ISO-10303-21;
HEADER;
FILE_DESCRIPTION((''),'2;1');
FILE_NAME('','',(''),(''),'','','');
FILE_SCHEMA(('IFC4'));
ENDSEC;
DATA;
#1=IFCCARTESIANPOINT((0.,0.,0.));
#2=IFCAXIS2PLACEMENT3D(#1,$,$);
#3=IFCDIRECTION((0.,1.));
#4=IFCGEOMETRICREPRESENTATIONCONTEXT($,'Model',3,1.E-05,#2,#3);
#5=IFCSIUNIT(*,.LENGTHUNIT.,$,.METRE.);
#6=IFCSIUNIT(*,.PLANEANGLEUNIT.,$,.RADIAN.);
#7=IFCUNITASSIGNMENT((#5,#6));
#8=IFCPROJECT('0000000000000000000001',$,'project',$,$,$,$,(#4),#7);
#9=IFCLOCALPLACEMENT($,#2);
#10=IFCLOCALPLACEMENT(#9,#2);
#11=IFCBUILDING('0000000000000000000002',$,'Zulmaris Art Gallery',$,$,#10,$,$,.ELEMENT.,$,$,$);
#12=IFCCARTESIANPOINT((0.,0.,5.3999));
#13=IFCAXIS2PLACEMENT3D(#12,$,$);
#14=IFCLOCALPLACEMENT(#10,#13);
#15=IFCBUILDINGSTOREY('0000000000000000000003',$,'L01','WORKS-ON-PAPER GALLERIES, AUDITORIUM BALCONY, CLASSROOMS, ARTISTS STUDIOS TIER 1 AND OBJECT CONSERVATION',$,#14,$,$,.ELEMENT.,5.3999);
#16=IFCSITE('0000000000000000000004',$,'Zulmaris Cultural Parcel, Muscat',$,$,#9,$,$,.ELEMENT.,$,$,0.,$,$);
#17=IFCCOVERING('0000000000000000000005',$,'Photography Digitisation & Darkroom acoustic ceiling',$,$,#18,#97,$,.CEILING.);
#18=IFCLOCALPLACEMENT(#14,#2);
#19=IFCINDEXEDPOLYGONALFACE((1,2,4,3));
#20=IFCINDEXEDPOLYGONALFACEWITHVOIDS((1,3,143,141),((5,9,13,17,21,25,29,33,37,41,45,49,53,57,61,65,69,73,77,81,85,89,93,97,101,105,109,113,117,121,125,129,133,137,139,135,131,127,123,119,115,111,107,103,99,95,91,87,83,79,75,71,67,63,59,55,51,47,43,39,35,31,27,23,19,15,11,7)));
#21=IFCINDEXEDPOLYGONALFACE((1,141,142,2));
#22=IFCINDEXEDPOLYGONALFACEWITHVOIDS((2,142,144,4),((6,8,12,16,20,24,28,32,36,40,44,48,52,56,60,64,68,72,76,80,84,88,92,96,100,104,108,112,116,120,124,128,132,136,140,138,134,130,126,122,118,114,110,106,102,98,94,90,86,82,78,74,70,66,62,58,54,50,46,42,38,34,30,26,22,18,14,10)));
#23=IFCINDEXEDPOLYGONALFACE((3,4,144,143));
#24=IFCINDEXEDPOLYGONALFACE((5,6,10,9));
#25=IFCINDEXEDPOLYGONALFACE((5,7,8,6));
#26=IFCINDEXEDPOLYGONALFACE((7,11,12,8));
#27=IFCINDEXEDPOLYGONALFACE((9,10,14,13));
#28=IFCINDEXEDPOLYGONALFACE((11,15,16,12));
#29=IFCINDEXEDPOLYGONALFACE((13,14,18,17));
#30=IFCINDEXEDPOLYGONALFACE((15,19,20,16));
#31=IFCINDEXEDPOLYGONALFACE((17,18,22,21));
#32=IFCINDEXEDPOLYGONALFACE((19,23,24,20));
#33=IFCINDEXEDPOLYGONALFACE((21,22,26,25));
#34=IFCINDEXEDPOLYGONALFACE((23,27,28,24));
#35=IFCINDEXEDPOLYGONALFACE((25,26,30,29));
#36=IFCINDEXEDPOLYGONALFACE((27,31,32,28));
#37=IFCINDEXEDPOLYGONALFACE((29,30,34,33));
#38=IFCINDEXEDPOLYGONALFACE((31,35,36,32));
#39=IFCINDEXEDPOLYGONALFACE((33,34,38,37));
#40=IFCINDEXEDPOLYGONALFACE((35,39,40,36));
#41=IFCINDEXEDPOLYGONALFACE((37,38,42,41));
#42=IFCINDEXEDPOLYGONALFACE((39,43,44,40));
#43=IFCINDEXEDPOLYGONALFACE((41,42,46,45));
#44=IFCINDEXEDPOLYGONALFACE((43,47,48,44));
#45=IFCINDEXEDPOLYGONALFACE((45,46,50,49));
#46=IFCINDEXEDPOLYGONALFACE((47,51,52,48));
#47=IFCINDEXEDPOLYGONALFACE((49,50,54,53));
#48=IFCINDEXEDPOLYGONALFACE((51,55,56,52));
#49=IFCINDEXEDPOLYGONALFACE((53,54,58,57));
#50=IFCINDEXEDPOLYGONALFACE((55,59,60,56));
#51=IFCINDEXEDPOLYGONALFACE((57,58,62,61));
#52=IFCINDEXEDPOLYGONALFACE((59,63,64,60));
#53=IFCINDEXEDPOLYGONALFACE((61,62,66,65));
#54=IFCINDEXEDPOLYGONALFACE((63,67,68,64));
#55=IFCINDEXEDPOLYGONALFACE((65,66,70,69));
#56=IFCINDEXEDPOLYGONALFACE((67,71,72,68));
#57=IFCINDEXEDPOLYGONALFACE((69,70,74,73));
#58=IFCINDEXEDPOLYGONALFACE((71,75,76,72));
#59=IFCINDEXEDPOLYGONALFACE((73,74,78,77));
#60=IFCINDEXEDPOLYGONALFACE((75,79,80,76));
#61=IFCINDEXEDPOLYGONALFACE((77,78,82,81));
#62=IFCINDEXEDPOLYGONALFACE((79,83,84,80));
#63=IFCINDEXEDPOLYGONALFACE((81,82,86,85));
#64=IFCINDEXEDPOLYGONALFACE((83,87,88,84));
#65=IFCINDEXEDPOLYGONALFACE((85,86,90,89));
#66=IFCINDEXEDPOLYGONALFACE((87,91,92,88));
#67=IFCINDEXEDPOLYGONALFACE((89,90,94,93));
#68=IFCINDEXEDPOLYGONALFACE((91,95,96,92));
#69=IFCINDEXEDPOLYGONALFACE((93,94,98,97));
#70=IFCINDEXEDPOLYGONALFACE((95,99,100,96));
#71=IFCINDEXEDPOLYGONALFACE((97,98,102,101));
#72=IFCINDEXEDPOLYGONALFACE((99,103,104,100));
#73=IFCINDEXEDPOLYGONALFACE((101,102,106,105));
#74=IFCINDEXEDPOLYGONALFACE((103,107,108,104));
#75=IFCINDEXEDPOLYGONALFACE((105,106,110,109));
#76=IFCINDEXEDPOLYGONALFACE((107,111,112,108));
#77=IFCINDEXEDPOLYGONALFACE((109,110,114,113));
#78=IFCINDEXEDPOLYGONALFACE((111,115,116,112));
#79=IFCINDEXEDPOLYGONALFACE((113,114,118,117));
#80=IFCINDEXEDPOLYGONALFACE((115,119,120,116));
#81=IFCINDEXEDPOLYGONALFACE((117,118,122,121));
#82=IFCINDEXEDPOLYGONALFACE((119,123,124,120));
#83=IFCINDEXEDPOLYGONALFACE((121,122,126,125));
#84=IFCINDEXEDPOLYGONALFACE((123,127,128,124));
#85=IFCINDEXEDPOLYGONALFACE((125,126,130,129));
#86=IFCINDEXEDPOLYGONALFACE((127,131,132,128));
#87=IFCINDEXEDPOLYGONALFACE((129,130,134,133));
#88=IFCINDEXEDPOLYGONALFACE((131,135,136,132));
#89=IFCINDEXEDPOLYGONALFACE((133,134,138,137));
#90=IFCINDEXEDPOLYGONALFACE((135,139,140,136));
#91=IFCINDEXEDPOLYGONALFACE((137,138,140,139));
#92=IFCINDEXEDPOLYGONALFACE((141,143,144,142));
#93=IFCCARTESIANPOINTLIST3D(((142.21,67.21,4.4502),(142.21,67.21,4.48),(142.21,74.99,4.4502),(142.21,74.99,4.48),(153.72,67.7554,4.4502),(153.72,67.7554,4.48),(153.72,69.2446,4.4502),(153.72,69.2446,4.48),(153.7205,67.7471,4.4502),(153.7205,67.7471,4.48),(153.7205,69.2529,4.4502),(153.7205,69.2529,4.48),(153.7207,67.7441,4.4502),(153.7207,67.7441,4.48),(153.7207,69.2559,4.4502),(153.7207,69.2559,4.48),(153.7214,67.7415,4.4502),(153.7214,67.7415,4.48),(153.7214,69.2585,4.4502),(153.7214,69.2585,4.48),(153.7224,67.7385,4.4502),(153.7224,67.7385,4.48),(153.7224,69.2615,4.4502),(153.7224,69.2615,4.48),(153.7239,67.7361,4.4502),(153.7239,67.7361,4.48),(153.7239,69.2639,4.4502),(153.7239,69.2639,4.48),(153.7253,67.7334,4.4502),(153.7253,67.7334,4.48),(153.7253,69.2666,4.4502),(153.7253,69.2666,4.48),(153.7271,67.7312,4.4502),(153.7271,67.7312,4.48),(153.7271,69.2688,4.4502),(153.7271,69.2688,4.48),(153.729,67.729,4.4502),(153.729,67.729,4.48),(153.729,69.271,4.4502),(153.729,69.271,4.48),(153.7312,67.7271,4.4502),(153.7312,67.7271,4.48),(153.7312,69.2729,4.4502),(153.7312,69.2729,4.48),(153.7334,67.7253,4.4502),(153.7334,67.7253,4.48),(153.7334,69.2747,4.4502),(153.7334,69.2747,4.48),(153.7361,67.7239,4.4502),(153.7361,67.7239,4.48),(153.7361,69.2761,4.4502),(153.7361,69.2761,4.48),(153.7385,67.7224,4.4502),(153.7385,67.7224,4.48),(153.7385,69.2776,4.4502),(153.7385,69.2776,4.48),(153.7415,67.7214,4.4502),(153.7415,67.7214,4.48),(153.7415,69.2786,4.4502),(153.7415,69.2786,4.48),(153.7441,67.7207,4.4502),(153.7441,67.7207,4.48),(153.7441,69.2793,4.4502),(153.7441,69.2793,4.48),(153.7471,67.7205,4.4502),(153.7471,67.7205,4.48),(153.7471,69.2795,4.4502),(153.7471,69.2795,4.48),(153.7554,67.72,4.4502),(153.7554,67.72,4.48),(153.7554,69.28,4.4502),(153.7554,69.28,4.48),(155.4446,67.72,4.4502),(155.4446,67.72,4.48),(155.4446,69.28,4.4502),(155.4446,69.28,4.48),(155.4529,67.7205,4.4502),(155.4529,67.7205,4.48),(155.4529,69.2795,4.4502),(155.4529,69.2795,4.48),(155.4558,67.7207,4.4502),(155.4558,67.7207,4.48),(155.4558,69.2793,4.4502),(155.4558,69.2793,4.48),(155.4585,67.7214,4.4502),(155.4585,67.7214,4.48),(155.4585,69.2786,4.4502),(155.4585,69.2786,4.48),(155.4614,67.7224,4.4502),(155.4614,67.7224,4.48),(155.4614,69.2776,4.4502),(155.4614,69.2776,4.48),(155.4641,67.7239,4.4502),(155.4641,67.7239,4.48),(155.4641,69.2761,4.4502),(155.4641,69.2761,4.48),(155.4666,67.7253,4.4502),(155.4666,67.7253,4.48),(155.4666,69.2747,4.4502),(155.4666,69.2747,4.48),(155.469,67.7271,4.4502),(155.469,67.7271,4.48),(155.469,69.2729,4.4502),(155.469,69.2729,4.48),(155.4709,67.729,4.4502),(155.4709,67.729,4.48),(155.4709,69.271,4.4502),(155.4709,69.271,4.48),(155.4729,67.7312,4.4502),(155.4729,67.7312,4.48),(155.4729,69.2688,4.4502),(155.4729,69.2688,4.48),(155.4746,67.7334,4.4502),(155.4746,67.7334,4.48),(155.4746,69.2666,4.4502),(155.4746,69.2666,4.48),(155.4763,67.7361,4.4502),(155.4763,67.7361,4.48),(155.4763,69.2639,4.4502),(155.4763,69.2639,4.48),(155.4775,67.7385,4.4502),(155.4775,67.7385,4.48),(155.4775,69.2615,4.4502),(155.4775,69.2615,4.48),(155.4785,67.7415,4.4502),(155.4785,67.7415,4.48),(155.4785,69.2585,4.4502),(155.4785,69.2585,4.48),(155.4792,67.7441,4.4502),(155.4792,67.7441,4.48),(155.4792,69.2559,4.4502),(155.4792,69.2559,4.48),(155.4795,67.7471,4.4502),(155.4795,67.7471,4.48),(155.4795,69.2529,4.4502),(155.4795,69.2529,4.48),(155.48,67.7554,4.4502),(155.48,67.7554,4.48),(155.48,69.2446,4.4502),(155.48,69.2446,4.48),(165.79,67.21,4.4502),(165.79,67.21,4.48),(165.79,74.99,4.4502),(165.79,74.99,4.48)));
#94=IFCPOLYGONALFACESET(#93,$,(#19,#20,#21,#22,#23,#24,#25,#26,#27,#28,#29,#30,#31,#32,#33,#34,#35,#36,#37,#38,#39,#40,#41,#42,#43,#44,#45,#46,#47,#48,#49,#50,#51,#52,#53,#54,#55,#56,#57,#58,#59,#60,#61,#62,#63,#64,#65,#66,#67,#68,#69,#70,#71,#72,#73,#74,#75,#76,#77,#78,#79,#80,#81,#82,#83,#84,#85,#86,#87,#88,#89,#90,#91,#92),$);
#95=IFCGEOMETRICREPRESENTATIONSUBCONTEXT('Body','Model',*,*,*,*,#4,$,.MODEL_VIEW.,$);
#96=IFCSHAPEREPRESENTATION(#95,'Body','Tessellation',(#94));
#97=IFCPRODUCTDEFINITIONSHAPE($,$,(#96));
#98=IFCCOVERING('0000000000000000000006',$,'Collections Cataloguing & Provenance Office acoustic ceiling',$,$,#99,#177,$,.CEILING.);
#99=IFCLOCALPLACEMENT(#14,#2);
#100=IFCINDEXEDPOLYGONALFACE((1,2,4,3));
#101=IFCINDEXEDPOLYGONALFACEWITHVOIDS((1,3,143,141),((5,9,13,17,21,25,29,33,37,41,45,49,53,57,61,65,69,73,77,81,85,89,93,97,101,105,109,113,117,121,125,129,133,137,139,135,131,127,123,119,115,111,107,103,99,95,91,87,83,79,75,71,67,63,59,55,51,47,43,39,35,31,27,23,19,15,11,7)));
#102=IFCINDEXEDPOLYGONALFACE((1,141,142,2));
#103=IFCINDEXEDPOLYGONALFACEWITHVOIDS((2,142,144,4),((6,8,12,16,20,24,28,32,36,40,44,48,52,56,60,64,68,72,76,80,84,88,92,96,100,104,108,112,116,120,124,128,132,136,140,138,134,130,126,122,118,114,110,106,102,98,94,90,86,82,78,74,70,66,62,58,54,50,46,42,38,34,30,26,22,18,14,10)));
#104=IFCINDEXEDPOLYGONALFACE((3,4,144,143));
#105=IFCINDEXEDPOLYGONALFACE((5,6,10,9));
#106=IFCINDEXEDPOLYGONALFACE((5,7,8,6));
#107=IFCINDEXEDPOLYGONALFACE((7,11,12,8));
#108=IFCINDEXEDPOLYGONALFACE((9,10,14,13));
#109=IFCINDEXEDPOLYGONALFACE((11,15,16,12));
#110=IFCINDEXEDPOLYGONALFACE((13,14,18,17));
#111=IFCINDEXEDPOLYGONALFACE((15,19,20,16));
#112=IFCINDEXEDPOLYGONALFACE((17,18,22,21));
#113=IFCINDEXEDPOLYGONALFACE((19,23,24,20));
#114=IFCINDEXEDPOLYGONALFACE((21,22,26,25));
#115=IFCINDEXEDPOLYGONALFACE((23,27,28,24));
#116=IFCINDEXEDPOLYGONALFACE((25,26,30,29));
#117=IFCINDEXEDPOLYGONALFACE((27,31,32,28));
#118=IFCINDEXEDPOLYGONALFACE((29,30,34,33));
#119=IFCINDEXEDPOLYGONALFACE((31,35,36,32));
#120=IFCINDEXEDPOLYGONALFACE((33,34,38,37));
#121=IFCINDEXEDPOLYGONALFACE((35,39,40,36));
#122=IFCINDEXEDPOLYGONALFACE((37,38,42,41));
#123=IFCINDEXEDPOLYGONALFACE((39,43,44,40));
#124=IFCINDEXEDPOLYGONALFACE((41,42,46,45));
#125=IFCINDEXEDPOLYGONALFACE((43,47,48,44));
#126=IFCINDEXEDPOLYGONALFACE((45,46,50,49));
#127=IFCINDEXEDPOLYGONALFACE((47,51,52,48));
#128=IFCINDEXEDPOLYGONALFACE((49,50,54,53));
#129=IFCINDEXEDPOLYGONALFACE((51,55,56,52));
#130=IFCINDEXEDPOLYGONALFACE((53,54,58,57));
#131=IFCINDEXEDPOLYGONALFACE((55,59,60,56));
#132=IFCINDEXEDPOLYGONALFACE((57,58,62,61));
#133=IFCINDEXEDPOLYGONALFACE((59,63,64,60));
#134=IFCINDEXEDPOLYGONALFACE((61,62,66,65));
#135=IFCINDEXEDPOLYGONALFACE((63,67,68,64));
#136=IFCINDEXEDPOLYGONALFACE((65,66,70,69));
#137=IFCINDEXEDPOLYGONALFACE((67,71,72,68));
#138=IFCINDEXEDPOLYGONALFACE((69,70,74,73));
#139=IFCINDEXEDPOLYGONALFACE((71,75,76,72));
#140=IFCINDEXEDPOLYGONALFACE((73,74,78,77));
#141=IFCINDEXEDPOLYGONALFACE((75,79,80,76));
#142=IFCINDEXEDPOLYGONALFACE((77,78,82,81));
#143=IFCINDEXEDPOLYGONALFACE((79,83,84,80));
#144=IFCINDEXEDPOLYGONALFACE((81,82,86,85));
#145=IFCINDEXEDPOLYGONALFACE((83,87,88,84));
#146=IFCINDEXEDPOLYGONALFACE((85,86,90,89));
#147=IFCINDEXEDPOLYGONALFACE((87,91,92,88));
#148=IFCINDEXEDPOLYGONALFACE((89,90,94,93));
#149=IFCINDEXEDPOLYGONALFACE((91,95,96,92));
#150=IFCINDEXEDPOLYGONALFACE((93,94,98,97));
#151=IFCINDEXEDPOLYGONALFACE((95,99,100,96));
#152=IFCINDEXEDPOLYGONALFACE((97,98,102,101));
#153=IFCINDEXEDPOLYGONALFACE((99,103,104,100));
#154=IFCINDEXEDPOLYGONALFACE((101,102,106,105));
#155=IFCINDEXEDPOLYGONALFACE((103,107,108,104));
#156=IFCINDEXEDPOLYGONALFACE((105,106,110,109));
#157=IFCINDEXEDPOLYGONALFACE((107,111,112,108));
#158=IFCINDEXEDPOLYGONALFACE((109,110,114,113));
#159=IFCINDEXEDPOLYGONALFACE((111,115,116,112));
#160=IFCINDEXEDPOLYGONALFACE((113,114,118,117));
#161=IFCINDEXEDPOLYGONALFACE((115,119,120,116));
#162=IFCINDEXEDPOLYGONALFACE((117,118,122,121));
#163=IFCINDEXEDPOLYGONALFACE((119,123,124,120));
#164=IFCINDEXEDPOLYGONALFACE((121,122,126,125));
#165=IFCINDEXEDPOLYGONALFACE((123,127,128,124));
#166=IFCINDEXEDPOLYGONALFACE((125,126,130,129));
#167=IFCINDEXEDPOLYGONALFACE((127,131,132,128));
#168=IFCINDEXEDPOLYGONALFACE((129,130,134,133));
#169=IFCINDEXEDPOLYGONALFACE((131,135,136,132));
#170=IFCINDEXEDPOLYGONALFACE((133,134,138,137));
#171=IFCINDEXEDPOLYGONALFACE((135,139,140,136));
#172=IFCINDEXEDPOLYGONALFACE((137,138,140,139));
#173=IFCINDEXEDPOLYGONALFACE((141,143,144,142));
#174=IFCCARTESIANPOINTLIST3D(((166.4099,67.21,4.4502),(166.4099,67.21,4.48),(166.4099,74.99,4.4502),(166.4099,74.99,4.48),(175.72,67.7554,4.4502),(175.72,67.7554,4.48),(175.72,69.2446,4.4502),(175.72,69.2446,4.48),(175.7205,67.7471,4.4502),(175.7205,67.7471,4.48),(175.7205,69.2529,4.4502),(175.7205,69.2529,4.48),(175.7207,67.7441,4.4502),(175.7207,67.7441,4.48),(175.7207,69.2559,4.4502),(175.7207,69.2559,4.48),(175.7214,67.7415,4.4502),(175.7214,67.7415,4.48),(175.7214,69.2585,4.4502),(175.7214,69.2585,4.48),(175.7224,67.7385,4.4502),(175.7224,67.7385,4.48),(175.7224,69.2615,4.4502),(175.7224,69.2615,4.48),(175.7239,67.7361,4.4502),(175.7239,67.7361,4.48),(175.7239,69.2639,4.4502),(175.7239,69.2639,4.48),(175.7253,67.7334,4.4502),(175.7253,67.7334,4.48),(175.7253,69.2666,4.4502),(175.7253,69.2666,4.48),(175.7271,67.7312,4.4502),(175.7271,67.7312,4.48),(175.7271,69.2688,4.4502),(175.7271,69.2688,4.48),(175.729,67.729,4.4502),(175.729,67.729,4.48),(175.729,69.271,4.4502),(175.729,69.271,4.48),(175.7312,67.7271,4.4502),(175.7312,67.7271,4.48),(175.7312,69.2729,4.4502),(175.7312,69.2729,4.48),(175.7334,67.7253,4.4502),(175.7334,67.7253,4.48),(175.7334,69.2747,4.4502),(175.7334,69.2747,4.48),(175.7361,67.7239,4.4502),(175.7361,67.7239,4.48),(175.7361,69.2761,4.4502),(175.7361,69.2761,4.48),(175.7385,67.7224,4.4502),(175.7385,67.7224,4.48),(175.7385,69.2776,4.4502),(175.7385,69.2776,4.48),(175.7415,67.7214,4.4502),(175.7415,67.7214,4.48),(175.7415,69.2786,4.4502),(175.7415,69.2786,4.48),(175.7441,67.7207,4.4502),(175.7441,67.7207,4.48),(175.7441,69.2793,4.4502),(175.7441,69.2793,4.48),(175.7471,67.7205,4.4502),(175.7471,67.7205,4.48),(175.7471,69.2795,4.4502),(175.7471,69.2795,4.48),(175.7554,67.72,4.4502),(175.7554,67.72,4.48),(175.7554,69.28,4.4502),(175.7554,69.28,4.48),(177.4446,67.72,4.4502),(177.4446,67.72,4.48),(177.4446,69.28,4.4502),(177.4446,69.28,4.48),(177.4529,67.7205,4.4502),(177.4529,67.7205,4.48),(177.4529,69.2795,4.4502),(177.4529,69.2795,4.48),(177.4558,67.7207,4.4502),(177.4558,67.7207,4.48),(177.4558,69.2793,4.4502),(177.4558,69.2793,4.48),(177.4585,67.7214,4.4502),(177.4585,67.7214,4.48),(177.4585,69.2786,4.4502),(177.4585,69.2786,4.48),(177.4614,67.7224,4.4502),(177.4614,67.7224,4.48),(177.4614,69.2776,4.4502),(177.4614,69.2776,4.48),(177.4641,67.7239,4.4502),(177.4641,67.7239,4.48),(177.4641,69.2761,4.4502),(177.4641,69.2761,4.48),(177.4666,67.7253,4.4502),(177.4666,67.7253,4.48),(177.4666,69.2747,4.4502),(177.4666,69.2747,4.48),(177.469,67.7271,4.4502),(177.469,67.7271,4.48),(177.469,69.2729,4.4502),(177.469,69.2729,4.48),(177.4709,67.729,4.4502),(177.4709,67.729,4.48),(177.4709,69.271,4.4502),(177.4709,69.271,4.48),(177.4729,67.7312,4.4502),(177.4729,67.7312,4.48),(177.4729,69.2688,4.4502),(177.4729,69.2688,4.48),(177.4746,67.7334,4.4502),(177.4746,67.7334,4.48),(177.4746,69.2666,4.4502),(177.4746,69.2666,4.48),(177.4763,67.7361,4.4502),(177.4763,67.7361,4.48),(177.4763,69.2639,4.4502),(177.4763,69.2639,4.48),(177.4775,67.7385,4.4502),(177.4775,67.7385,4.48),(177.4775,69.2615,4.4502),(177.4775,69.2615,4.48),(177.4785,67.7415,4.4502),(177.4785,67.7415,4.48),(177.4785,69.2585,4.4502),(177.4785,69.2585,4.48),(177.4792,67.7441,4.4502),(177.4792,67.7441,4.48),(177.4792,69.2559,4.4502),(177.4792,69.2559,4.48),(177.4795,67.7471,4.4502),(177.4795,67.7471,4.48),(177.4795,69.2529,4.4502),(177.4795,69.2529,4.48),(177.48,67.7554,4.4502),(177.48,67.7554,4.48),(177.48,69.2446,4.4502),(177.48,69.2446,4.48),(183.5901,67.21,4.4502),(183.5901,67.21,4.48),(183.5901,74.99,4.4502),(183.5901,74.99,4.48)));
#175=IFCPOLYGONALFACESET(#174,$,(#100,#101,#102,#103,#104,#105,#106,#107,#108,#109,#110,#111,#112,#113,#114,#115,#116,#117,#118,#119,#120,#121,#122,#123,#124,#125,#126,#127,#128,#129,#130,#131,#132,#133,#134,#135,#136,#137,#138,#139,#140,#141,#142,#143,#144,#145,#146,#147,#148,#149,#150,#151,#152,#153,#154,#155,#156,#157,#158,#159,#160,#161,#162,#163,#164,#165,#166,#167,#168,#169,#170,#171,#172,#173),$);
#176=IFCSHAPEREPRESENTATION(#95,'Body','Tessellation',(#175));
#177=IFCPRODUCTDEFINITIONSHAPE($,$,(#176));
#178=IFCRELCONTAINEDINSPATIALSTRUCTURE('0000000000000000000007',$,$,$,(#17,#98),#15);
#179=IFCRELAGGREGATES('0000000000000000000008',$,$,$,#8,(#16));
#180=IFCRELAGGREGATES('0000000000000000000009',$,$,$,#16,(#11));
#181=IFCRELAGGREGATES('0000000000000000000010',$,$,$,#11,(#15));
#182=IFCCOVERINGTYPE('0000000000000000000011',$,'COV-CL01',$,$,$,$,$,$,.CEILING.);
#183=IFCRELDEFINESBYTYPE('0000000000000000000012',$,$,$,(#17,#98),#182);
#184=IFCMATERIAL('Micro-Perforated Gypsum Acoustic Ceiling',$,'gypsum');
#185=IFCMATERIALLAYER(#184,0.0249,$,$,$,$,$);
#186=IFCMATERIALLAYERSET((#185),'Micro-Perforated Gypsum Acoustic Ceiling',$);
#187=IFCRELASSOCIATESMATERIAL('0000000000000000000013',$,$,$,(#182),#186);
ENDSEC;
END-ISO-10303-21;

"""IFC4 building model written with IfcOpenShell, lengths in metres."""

from ifc_helpers import new_model, si_unit, direction, frame, origin, place, context, subcontext, project, spatial, polyline, outline, extrude, material, layer, layer_set, type_object, element, save


model = new_model("IFC4")

# Units and contexts
model_context = context("Model", 3, precision=1e-05, world=origin(), true_north=direction((0.0, 1.0)))
body_context = subcontext(model_context, "Body", "Model", "MODEL_VIEW")
ifc_project = project(units=[si_unit("LENGTHUNIT", "METRE"), si_unit("PLANEANGLEUNIT", "RADIAN")], contexts=[model_context])

# Site, building, storey
site_placement = place(None, origin())
site = spatial("IfcSite", under=ifc_project, at=site_placement, Name="Zulmaris Cultural Parcel, Muscat", CompositionType="ELEMENT", RefElevation=0.0)
building_placement = place(site_placement, origin())
building = spatial("IfcBuilding", under=site, at=building_placement, Name="Zulmaris Art Gallery", CompositionType="ELEMENT")
storey_placement = place(building_placement, frame((0.0, 0.0, 5.3999)))
storey = spatial("IfcBuildingStorey", under=building, at=storey_placement, Name="L01", Description="WORKS-ON-PAPER GALLERIES, AUDITORIUM BALCONY, CLASSROOMS, ARTISTS STUDIOS TIER 1 AND OBJECT CONSERVATION", CompositionType="ELEMENT", Elevation=5.3999)

# Coverings
ifc_material_1 = material(Name="Micro-Perforated Gypsum Acoustic Ceiling", Category="gypsum")
ifc_layer_1 = layer(ifc_material_1, 0.0249)
ifc_layer_set_1 = layer_set([ifc_layer_1], Name="Micro-Perforated Gypsum Acoustic Ceiling")
covering_type_1 = type_object("IfcCoveringType", Name="COV-CL01", PredefinedType="CEILING", material=ifc_layer_set_1)
covering_1_placement = place(storey_placement, frame((0.0, 0.0, 4.4502)))
element("IfcCovering", 1, at=covering_1_placement, inside=storey, type_object=covering_type_1, Name="Photography Digitisation & Darkroom acoustic ceiling", PredefinedType="CEILING", context=body_context, shape_type="SweptSolid", body=[
    extrude(outline(polyline([(142.21, 74.99), (165.79, 74.99), (165.79, 67.21), (142.21, 67.21), (142.21, 74.99)]), holes=[polyline([(153.7415, 69.2786), (153.7385, 69.2776), (153.7361, 69.2761), (153.7334, 69.2747), (153.7312, 69.2729), (153.729, 69.271), (153.7271, 69.2688), (153.7253, 69.2666), (153.7239, 69.2639), (153.7224, 69.2615), (153.7214, 69.2585), (153.7207, 69.2559), (153.7205, 69.2529), (153.72, 69.2446), (153.72, 67.7554), (153.7205, 67.7471), (153.7207, 67.7441), (153.7214, 67.7415), (153.7224, 67.7385), (153.7239, 67.7361), (153.7253, 67.7334), (153.7271, 67.7312), (153.729, 67.729), (153.7312, 67.7271), (153.7334, 67.7253), (153.7361, 67.7239), (153.7385, 67.7224), (153.7415, 67.7214), (153.7441, 67.7207), (153.7471, 67.7205), (153.7554, 67.72), (155.4446, 67.72), (155.4529, 67.7205), (155.4558, 67.7207), (155.4585, 67.7214), (155.4614, 67.7224), (155.4641, 67.7239), (155.4666, 67.7253), (155.469, 67.7271), (155.4709, 67.729), (155.4729, 67.7312), (155.4746, 67.7334), (155.4763, 67.7361), (155.4775, 67.7385), (155.4785, 67.7415), (155.4792, 67.7441), (155.4795, 67.7471), (155.48, 67.7554), (155.48, 69.2446), (155.4795, 69.2529), (155.4792, 69.2559), (155.4785, 69.2585), (155.4775, 69.2615), (155.4763, 69.2639), (155.4746, 69.2666), (155.4729, 69.2688), (155.4709, 69.271), (155.469, 69.2729), (155.4666, 69.2747), (155.4641, 69.2761), (155.4614, 69.2776), (155.4585, 69.2786), (155.4558, 69.2793), (155.4529, 69.2795), (155.4446, 69.28), (153.7554, 69.28), (153.7471, 69.2795), (153.7441, 69.2793), (153.7415, 69.2786)])]), origin(), (0.0, 0.0, 1.0), 0.0298),
])
covering_2_placement = place(storey_placement, frame((0.0, 0.0, 4.4502)))
element("IfcCovering", 2, at=covering_2_placement, inside=storey, type_object=covering_type_1, Name="Collections Cataloguing & Provenance Office acoustic ceiling", PredefinedType="CEILING", context=body_context, shape_type="SweptSolid", body=[
    extrude(outline(polyline([(166.4099, 74.99), (183.5901, 74.99), (183.5901, 67.21), (166.4099, 67.21), (166.4099, 74.99)]), holes=[polyline([(175.7415, 69.2786), (175.7385, 69.2776), (175.7361, 69.2761), (175.7334, 69.2747), (175.7312, 69.2729), (175.729, 69.271), (175.7271, 69.2688), (175.7253, 69.2666), (175.7239, 69.2639), (175.7224, 69.2615), (175.7214, 69.2585), (175.7207, 69.2559), (175.7205, 69.2529), (175.72, 69.2446), (175.72, 67.7554), (175.7205, 67.7471), (175.7207, 67.7441), (175.7214, 67.7415), (175.7224, 67.7385), (175.7239, 67.7361), (175.7253, 67.7334), (175.7271, 67.7312), (175.729, 67.729), (175.7312, 67.7271), (175.7334, 67.7253), (175.7361, 67.7239), (175.7385, 67.7224), (175.7415, 67.7214), (175.7441, 67.7207), (175.7471, 67.7205), (175.7554, 67.72), (177.4446, 67.72), (177.4529, 67.7205), (177.4558, 67.7207), (177.4585, 67.7214), (177.4614, 67.7224), (177.4641, 67.7239), (177.4666, 67.7253), (177.469, 67.7271), (177.4709, 67.729), (177.4729, 67.7312), (177.4746, 67.7334), (177.4763, 67.7361), (177.4775, 67.7385), (177.4785, 67.7415), (177.4792, 67.7441), (177.4795, 67.7471), (177.48, 67.7554), (177.48, 69.2446), (177.4795, 69.2529), (177.4792, 69.2559), (177.4785, 69.2585), (177.4775, 69.2615), (177.4763, 69.2639), (177.4746, 69.2666), (177.4729, 69.2688), (177.4709, 69.271), (177.469, 69.2729), (177.4666, 69.2747), (177.4641, 69.2761), (177.4614, 69.2776), (177.4585, 69.2786), (177.4558, 69.2793), (177.4529, 69.2795), (177.4446, 69.28), (175.7554, 69.28), (175.7471, 69.2795), (175.7441, 69.2793), (175.7415, 69.2786)])]), origin(), (0.0, 0.0, 1.0), 0.0298),
])

save(model, "model.ifc")
